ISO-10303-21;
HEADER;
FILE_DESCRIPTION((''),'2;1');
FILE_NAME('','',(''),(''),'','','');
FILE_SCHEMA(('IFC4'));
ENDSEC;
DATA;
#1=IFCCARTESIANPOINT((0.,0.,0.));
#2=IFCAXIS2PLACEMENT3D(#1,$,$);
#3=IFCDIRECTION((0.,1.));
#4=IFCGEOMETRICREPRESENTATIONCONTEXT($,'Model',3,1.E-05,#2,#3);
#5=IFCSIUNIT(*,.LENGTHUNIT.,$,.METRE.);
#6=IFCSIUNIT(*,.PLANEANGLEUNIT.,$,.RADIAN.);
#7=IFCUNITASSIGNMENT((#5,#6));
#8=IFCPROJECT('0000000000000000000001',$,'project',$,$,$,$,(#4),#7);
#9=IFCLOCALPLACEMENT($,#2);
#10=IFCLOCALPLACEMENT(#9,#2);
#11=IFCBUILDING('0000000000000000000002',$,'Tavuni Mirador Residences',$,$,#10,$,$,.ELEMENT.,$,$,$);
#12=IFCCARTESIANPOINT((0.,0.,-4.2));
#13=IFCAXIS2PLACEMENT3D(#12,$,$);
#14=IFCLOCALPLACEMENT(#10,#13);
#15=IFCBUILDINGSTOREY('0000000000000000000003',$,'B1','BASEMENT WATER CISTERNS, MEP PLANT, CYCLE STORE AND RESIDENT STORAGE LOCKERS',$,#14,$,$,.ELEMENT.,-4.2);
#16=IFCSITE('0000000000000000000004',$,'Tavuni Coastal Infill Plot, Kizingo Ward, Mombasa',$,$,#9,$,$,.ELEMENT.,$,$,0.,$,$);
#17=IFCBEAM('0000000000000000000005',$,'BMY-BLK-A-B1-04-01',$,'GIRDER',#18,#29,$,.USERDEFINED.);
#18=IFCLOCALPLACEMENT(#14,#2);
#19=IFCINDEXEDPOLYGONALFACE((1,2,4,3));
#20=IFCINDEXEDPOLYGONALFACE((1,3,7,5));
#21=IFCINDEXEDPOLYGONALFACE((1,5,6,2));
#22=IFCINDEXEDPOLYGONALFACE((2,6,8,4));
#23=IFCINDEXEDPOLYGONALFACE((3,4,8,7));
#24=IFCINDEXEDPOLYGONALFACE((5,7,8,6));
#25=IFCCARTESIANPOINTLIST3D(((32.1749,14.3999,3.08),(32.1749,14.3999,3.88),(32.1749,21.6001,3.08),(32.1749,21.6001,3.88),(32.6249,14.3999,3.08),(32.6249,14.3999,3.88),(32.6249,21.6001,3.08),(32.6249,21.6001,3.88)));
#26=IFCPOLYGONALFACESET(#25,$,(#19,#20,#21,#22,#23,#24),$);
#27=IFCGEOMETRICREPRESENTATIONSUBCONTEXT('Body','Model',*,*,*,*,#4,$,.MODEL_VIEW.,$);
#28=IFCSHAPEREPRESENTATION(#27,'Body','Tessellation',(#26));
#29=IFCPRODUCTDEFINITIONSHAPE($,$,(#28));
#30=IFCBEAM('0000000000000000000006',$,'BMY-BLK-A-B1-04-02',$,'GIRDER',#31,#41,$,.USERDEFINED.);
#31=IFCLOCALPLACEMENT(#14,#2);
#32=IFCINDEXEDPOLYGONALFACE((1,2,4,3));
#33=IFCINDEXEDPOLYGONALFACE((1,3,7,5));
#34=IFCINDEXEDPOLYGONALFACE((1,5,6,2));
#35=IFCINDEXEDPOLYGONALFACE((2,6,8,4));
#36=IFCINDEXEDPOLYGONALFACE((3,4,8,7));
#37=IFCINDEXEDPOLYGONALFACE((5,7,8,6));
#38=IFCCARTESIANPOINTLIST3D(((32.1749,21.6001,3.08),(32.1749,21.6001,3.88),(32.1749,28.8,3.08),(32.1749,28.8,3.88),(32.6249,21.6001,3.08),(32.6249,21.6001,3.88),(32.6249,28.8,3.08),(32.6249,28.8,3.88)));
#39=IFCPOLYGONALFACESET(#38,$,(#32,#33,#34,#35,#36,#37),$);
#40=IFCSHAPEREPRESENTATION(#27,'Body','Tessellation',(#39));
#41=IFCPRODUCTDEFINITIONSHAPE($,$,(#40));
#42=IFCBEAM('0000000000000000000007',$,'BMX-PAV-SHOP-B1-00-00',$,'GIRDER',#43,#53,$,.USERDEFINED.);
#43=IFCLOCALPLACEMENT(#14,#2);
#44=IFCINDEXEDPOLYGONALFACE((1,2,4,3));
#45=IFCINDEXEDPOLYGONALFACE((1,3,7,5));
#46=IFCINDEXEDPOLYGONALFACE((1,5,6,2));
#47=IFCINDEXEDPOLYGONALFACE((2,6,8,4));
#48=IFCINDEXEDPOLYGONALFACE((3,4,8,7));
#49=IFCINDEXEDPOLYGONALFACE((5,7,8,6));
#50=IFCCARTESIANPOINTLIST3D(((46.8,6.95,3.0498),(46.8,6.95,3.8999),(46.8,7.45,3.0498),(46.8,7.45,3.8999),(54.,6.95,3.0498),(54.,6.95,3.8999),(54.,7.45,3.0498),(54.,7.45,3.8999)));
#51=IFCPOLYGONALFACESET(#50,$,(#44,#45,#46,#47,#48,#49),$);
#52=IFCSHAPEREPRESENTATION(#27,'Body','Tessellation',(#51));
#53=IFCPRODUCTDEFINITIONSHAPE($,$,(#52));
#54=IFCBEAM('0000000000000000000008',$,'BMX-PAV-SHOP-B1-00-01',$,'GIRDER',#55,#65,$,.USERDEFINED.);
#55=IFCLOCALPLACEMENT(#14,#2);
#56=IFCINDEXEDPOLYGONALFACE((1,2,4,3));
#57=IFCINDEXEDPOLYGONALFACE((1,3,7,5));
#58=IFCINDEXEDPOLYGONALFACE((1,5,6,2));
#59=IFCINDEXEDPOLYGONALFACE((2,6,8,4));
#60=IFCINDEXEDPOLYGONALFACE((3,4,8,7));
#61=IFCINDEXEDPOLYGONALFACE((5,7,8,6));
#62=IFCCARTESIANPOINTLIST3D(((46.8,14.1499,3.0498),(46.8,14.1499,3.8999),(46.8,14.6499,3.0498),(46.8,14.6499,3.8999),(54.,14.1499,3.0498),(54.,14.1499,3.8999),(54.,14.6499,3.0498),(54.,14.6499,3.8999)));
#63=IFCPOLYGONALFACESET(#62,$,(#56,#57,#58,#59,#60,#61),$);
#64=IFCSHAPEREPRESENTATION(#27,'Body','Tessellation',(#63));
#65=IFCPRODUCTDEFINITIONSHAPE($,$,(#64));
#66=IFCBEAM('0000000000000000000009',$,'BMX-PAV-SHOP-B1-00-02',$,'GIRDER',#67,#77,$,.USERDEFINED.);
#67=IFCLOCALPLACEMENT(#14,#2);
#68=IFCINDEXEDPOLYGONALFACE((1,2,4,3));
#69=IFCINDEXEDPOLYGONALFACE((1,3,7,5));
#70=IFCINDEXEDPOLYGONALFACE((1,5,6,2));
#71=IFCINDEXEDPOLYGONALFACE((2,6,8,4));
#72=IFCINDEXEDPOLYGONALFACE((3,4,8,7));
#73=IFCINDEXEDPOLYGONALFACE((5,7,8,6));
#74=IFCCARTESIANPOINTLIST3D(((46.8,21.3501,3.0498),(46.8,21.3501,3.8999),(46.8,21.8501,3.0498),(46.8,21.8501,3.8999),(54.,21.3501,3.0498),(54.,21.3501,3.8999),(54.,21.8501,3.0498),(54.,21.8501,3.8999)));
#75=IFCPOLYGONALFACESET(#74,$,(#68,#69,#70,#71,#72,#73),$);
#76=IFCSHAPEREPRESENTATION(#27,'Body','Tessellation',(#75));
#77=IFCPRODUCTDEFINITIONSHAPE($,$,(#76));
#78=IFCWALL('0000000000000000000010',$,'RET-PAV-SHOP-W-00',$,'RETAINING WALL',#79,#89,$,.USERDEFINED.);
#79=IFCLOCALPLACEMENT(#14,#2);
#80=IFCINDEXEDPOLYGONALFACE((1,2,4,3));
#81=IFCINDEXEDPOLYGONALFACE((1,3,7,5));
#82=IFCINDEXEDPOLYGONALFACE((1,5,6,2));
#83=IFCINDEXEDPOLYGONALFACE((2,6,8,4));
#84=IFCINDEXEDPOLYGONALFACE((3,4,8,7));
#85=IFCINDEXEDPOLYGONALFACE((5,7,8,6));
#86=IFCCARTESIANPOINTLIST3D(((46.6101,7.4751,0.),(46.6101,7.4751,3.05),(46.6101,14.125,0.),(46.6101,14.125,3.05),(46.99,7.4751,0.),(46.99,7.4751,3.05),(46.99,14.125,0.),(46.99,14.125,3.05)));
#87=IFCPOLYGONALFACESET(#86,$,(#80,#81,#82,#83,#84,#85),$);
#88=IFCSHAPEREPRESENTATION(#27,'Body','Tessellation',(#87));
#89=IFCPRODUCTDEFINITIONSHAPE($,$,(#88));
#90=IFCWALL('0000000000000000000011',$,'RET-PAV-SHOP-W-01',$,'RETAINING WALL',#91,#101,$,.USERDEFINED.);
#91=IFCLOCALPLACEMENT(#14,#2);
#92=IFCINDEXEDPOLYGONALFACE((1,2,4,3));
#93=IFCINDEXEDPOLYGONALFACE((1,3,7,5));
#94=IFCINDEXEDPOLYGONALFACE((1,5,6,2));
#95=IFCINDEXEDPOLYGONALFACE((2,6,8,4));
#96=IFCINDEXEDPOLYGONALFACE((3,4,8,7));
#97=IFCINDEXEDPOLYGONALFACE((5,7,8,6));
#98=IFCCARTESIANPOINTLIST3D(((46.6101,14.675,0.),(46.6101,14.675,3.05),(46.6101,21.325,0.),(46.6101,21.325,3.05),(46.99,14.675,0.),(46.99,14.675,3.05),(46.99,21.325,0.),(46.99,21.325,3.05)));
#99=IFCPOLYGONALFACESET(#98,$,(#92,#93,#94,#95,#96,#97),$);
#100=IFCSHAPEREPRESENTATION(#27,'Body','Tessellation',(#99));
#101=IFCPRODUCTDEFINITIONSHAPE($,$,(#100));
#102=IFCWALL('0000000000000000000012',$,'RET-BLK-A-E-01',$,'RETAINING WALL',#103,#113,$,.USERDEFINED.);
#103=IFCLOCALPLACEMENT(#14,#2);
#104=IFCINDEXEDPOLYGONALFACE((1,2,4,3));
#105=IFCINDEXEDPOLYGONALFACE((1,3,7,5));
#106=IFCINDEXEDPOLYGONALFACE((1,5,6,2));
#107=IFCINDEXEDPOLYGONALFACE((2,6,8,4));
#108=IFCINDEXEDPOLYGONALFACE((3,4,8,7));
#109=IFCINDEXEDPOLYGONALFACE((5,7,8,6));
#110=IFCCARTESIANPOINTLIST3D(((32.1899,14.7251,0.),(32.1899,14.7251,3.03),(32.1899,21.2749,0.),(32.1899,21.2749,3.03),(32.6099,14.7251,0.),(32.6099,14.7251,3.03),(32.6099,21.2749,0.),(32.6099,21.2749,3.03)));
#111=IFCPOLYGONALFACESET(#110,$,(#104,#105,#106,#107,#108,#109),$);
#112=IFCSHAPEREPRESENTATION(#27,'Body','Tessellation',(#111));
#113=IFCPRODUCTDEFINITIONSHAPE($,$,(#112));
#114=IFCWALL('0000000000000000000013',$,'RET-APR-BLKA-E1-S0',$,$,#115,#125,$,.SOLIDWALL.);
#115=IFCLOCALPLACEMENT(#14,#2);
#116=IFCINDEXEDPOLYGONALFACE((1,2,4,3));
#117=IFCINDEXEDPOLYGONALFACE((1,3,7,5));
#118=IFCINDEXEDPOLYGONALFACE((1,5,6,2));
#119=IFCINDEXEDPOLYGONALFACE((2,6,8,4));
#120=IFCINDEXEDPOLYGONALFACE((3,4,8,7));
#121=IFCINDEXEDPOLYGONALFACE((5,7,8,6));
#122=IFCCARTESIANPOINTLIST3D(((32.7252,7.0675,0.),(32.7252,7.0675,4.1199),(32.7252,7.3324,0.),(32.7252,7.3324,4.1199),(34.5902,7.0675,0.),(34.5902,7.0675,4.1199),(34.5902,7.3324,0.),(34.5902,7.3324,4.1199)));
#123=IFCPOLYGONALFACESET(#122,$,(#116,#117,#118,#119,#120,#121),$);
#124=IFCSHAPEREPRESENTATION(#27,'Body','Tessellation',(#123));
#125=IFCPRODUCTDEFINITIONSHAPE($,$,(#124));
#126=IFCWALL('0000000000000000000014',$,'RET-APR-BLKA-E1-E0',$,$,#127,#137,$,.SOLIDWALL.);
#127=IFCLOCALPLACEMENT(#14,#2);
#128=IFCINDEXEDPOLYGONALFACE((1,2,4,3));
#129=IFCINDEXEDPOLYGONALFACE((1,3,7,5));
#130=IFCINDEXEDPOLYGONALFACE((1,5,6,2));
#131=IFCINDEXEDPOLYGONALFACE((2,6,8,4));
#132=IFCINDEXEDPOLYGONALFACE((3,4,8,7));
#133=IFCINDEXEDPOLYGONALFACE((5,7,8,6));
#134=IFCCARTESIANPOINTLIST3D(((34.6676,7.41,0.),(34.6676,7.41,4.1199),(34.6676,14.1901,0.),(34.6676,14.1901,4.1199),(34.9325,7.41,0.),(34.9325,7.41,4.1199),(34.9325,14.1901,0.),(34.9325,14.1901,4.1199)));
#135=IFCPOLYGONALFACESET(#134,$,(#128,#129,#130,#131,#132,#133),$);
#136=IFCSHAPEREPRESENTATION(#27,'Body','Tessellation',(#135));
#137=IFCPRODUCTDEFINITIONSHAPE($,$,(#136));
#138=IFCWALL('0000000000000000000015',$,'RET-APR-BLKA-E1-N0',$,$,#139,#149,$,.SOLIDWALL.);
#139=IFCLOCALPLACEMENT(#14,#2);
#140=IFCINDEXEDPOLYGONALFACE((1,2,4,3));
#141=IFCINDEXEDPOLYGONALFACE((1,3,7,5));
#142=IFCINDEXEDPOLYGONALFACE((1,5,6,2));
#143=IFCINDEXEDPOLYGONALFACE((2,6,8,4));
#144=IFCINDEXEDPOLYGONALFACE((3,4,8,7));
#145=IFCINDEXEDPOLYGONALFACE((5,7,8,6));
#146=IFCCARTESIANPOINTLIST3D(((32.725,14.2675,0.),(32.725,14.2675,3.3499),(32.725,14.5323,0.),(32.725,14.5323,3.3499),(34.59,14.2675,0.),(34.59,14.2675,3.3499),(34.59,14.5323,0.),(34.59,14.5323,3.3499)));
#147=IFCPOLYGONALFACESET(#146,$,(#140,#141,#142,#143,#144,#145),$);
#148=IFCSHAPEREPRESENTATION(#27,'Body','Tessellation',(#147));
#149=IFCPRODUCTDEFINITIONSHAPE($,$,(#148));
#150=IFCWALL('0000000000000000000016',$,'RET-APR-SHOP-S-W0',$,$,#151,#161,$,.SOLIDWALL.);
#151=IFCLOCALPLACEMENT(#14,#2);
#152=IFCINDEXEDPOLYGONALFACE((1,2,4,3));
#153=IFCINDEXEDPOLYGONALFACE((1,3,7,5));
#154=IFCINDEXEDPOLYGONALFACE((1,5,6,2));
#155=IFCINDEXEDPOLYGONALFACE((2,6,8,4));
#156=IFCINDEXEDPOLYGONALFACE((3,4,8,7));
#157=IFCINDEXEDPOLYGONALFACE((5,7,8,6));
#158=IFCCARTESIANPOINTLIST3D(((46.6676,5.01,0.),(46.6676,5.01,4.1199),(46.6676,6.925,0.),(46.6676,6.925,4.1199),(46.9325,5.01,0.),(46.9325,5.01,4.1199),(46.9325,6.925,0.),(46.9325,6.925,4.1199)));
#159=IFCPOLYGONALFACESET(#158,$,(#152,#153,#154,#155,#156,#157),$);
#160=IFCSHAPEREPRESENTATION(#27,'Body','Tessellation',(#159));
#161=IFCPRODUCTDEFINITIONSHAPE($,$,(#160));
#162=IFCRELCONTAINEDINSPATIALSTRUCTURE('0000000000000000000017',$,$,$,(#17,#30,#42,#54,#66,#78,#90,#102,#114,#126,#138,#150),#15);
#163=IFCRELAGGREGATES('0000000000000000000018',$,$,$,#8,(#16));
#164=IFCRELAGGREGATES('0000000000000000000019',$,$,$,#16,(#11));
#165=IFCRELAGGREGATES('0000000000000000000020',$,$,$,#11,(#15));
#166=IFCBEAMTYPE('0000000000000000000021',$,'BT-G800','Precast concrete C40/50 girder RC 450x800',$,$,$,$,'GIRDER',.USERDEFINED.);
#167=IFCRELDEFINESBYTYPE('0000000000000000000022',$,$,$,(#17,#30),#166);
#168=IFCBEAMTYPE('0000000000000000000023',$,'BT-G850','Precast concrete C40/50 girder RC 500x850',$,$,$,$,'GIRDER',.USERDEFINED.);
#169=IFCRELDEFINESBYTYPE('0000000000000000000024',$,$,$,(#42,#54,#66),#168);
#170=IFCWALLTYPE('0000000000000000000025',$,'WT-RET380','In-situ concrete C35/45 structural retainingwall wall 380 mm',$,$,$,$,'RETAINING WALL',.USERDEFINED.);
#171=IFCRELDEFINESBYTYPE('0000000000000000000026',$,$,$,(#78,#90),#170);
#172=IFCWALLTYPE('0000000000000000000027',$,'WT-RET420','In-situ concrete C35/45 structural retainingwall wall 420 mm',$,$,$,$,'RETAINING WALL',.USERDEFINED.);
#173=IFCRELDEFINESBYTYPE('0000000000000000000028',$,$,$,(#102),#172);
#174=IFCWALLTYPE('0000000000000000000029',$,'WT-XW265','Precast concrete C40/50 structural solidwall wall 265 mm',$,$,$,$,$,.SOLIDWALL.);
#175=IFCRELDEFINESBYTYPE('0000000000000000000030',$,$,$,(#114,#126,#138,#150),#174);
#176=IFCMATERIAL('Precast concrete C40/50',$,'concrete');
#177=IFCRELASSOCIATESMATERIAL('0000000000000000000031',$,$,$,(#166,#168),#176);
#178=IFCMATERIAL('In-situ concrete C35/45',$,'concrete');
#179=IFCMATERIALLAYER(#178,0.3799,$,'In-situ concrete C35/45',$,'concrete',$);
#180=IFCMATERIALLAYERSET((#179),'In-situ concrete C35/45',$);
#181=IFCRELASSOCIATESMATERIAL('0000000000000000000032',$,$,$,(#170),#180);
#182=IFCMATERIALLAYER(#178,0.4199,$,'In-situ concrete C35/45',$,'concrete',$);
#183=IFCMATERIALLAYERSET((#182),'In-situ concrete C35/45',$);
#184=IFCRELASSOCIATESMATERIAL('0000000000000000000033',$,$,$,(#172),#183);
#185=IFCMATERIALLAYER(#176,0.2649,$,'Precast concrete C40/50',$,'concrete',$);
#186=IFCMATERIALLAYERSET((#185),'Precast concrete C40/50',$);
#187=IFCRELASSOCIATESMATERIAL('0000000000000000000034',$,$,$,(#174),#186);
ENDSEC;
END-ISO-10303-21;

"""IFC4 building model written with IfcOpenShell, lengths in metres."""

from ifc_helpers import new_model, si_unit, direction, frame, frame_2d, origin, origin_2d, place, context, subcontext, project, spatial, rectangle, extrude, material, layer, layer_set, material_profile, profile_set, type_object, element, save


model = new_model("IFC4")

# Units and contexts
model_context = context("Model", 3, precision=1e-05, world=origin(), true_north=direction((0.0, 1.0)))
body_context = subcontext(model_context, "Body", "Model", "MODEL_VIEW")
ifc_project = project(units=[si_unit("LENGTHUNIT", "METRE"), si_unit("PLANEANGLEUNIT", "RADIAN")], contexts=[model_context])

# Site, building, storey
site_placement = place(None, origin())
site = spatial("IfcSite", under=ifc_project, at=site_placement, Name="Tavuni Coastal Infill Plot, Kizingo Ward, Mombasa", CompositionType="ELEMENT", RefElevation=0.0)
building_placement = place(site_placement, origin())
building = spatial("IfcBuilding", under=site, at=building_placement, Name="Tavuni Mirador Residences", CompositionType="ELEMENT")
storey_placement = place(building_placement, frame((0.0, 0.0, -4.2)))
storey = spatial("IfcBuildingStorey", under=building, at=storey_placement, Name="B1", Description="BASEMENT WATER CISTERNS, MEP PLANT, CYCLE STORE AND RESIDENT STORAGE LOCKERS", CompositionType="ELEMENT", Elevation=-4.2)

# Shared definitions
ifc_material_1 = material(Name="In-situ concrete C35/45", Category="concrete")

# Shared definitions
ifc_material_2 = material(Name="Precast concrete C40/50", Category="concrete")

# Beams
ifc_material_profile_1 = material_profile(ifc_material_2, rectangle(XDim=0.45, YDim=0.8, at=origin_2d()), Name="RC 450x800", Category="concrete")
ifc_profile_set_1 = profile_set([ifc_material_profile_1], Name="Precast concrete C40/50")
beam_type_1 = type_object("IfcBeamType", Name="BT-G800", Description="Precast concrete C40/50 girder RC 450x800", ElementType="GIRDER", PredefinedType="USERDEFINED", material=ifc_profile_set_1)
beam_1_placement = place(storey_placement, frame((32.3999, 14.3999, 3.48), z_axis=(0.0, 1.0, 0.0), x_axis=(-1.0, 0.0, 0.0)))
element("IfcBeam", 1, at=beam_1_placement, inside=storey, type_object=beam_type_1, Name="BMY-BLK-A-B1-04-01", ObjectType="GIRDER", PredefinedType="USERDEFINED", context=body_context, shape_type="SweptSolid", body=[
    extrude(rectangle(XDim=0.45, YDim=0.8, at=origin_2d()), origin(), (0.0, 0.0, 1.0), 7.2002),
])
beam_2_placement = place(storey_placement, frame((32.3999, 21.6001, 3.48), z_axis=(0.0, 1.0, 0.0), x_axis=(-1.0, 0.0, 0.0)))
element("IfcBeam", 2, at=beam_2_placement, inside=storey, type_object=beam_type_1, Name="BMY-BLK-A-B1-04-02", ObjectType="GIRDER", PredefinedType="USERDEFINED", context=body_context, shape_type="SweptSolid", body=[
    extrude(rectangle(XDim=0.45, YDim=0.8, at=origin_2d()), origin(), (0.0, 0.0, 1.0), 7.2),
])
ifc_material_profile_2 = material_profile(ifc_material_2, rectangle(XDim=0.5, YDim=0.8501, at=origin_2d()), Name="RC 500x850", Category="concrete")
ifc_profile_set_2 = profile_set([ifc_material_profile_2], Name="Precast concrete C40/50")
beam_type_2 = type_object("IfcBeamType", Name="BT-G850", Description="Precast concrete C40/50 girder RC 500x850", ElementType="GIRDER", PredefinedType="USERDEFINED", material=ifc_profile_set_2)
for number, where, z_axis, x_axis, name in (
    (3, (46.8, 7.2, 3.4749), (1.0, 0.0, 0.0), (0.0, 1.0, 0.0), "BMX-PAV-SHOP-B1-00-00"),
    (4, (46.8, 14.3999, 3.4749), (1.0, 0.0, 0.0), (0.0, 1.0, 0.0), "BMX-PAV-SHOP-B1-00-01"),
    (5, (46.8, 21.6001, 3.4749), (1.0, 0.0, 0.0), (0.0, 1.0, 0.0), "BMX-PAV-SHOP-B1-00-02"),
):
    element("IfcBeam", number, at=place(storey_placement, frame(where, z_axis=z_axis, x_axis=x_axis)), inside=storey, type_object=beam_type_2, Name=name, ObjectType="GIRDER", PredefinedType="USERDEFINED", context=body_context, shape_type="SweptSolid", body=[
        extrude(rectangle(XDim=0.5, YDim=0.8501, at=origin_2d()), origin(), (0.0, 0.0, 1.0), 7.2),
    ])

# Walls
ifc_layer_1 = layer(ifc_material_1, 0.3799, Name="In-situ concrete C35/45", Category="concrete")
ifc_layer_set_1 = layer_set([ifc_layer_1], Name="In-situ concrete C35/45")
wall_type_1 = type_object("IfcWallType", Name="WT-RET380", Description="In-situ concrete C35/45 structural retainingwall wall 380 mm", ElementType="RETAINING WALL", PredefinedType="USERDEFINED", material=ifc_layer_set_1)
for number, where, z_axis, x_axis, name in (
    (6, (46.8, 14.125, 0.0), (0.0, 0.0, 1.0), (0.0, -1.0, 0.0), "RET-PAV-SHOP-W-00"),
    (7, (46.8, 21.325, 0.0), (0.0, 0.0, 1.0), (0.0, -1.0, 0.0), "RET-PAV-SHOP-W-01"),
):
    element("IfcWall", number, at=place(storey_placement, frame(where, z_axis=z_axis, x_axis=x_axis)), inside=storey, type_object=wall_type_1, Name=name, ObjectType="RETAINING WALL", PredefinedType="USERDEFINED", context=body_context, shape_type="SweptSolid", body=[
        extrude(rectangle(XDim=6.6499, YDim=0.3799, at=frame_2d((3.325, 0.0))), origin(), (0.0, 0.0, 1.0), 3.05),
    ])
ifc_layer_2 = layer(ifc_material_1, 0.4199, Name="In-situ concrete C35/45", Category="concrete")
ifc_layer_set_2 = layer_set([ifc_layer_2], Name="In-situ concrete C35/45")
wall_type_2 = type_object("IfcWallType", Name="WT-RET420", Description="In-situ concrete C35/45 structural retainingwall wall 420 mm", ElementType="RETAINING WALL", PredefinedType="USERDEFINED", material=ifc_layer_set_2)
wall_1_placement = place(storey_placement, frame((32.3999, 14.7251, 0.0), z_axis=(0.0, 0.0, 1.0), x_axis=(0.0, 1.0, 0.0)))
element("IfcWall", 8, at=wall_1_placement, inside=storey, type_object=wall_type_2, Name="RET-BLK-A-E-01", ObjectType="RETAINING WALL", PredefinedType="USERDEFINED", context=body_context, shape_type="SweptSolid", body=[
    extrude(rectangle(XDim=6.5498, YDim=0.4199, at=frame_2d((3.2749, 0.0))), origin(), (0.0, 0.0, 1.0), 3.03),
])
ifc_layer_3 = layer(ifc_material_2, 0.2649, Name="Precast concrete C40/50", Category="concrete")
ifc_layer_set_3 = layer_set([ifc_layer_3], Name="Precast concrete C40/50")
wall_type_3 = type_object("IfcWallType", Name="WT-XW265", Description="Precast concrete C40/50 structural solidwall wall 265 mm", PredefinedType="SOLIDWALL", material=ifc_layer_set_3)
wall_2_placement = place(storey_placement, frame((32.7251, 7.2, 0.0), z_axis=(0.0, 0.0, 1.0), x_axis=(1.0, 0.0, 0.0)))
element("IfcWall", 9, at=wall_2_placement, inside=storey, type_object=wall_type_3, Name="RET-APR-BLKA-E1-S0", PredefinedType="SOLIDWALL", context=body_context, shape_type="SweptSolid", body=[
    extrude(rectangle(XDim=1.865, YDim=0.2649, at=frame_2d((0.9326, 0.0))), origin(), (0.0, 0.0, 1.0), 4.1199),
])
wall_3_placement = place(storey_placement, frame((34.8, 7.4099, 0.0), z_axis=(0.0, 0.0, 1.0), x_axis=(0.0, 1.0, 0.0)))
element("IfcWall", 10, at=wall_3_placement, inside=storey, type_object=wall_type_3, Name="RET-APR-BLKA-E1-E0", PredefinedType="SOLIDWALL", context=body_context, shape_type="SweptSolid", body=[
    extrude(rectangle(XDim=6.78, YDim=0.2649, at=frame_2d((3.3901, 0.0))), origin(), (0.0, 0.0, 1.0), 4.1199),
])
wall_4_placement = place(storey_placement, frame((34.5901, 14.3999, 0.0), z_axis=(0.0, 0.0, 1.0), x_axis=(-1.0, 0.0, 0.0)))
element("IfcWall", 11, at=wall_4_placement, inside=storey, type_object=wall_type_3, Name="RET-APR-BLKA-E1-N0", PredefinedType="SOLIDWALL", context=body_context, shape_type="SweptSolid", body=[
    extrude(rectangle(XDim=1.865, YDim=0.2649, at=frame_2d((0.9326, 0.0))), origin(), (0.0, 0.0, 1.0), 3.3499),
])
wall_5_placement = place(storey_placement, frame((46.8, 6.925, 0.0), z_axis=(0.0, 0.0, 1.0), x_axis=(0.0, -1.0, 0.0)))
element("IfcWall", 12, at=wall_5_placement, inside=storey, type_object=wall_type_3, Name="RET-APR-SHOP-S-W0", PredefinedType="SOLIDWALL", context=body_context, shape_type="SweptSolid", body=[
    extrude(rectangle(XDim=1.915, YDim=0.2649, at=frame_2d((0.9575, 0.0))), origin(), (0.0, 0.0, 1.0), 4.1199),
])

save(model, "model.ifc")
